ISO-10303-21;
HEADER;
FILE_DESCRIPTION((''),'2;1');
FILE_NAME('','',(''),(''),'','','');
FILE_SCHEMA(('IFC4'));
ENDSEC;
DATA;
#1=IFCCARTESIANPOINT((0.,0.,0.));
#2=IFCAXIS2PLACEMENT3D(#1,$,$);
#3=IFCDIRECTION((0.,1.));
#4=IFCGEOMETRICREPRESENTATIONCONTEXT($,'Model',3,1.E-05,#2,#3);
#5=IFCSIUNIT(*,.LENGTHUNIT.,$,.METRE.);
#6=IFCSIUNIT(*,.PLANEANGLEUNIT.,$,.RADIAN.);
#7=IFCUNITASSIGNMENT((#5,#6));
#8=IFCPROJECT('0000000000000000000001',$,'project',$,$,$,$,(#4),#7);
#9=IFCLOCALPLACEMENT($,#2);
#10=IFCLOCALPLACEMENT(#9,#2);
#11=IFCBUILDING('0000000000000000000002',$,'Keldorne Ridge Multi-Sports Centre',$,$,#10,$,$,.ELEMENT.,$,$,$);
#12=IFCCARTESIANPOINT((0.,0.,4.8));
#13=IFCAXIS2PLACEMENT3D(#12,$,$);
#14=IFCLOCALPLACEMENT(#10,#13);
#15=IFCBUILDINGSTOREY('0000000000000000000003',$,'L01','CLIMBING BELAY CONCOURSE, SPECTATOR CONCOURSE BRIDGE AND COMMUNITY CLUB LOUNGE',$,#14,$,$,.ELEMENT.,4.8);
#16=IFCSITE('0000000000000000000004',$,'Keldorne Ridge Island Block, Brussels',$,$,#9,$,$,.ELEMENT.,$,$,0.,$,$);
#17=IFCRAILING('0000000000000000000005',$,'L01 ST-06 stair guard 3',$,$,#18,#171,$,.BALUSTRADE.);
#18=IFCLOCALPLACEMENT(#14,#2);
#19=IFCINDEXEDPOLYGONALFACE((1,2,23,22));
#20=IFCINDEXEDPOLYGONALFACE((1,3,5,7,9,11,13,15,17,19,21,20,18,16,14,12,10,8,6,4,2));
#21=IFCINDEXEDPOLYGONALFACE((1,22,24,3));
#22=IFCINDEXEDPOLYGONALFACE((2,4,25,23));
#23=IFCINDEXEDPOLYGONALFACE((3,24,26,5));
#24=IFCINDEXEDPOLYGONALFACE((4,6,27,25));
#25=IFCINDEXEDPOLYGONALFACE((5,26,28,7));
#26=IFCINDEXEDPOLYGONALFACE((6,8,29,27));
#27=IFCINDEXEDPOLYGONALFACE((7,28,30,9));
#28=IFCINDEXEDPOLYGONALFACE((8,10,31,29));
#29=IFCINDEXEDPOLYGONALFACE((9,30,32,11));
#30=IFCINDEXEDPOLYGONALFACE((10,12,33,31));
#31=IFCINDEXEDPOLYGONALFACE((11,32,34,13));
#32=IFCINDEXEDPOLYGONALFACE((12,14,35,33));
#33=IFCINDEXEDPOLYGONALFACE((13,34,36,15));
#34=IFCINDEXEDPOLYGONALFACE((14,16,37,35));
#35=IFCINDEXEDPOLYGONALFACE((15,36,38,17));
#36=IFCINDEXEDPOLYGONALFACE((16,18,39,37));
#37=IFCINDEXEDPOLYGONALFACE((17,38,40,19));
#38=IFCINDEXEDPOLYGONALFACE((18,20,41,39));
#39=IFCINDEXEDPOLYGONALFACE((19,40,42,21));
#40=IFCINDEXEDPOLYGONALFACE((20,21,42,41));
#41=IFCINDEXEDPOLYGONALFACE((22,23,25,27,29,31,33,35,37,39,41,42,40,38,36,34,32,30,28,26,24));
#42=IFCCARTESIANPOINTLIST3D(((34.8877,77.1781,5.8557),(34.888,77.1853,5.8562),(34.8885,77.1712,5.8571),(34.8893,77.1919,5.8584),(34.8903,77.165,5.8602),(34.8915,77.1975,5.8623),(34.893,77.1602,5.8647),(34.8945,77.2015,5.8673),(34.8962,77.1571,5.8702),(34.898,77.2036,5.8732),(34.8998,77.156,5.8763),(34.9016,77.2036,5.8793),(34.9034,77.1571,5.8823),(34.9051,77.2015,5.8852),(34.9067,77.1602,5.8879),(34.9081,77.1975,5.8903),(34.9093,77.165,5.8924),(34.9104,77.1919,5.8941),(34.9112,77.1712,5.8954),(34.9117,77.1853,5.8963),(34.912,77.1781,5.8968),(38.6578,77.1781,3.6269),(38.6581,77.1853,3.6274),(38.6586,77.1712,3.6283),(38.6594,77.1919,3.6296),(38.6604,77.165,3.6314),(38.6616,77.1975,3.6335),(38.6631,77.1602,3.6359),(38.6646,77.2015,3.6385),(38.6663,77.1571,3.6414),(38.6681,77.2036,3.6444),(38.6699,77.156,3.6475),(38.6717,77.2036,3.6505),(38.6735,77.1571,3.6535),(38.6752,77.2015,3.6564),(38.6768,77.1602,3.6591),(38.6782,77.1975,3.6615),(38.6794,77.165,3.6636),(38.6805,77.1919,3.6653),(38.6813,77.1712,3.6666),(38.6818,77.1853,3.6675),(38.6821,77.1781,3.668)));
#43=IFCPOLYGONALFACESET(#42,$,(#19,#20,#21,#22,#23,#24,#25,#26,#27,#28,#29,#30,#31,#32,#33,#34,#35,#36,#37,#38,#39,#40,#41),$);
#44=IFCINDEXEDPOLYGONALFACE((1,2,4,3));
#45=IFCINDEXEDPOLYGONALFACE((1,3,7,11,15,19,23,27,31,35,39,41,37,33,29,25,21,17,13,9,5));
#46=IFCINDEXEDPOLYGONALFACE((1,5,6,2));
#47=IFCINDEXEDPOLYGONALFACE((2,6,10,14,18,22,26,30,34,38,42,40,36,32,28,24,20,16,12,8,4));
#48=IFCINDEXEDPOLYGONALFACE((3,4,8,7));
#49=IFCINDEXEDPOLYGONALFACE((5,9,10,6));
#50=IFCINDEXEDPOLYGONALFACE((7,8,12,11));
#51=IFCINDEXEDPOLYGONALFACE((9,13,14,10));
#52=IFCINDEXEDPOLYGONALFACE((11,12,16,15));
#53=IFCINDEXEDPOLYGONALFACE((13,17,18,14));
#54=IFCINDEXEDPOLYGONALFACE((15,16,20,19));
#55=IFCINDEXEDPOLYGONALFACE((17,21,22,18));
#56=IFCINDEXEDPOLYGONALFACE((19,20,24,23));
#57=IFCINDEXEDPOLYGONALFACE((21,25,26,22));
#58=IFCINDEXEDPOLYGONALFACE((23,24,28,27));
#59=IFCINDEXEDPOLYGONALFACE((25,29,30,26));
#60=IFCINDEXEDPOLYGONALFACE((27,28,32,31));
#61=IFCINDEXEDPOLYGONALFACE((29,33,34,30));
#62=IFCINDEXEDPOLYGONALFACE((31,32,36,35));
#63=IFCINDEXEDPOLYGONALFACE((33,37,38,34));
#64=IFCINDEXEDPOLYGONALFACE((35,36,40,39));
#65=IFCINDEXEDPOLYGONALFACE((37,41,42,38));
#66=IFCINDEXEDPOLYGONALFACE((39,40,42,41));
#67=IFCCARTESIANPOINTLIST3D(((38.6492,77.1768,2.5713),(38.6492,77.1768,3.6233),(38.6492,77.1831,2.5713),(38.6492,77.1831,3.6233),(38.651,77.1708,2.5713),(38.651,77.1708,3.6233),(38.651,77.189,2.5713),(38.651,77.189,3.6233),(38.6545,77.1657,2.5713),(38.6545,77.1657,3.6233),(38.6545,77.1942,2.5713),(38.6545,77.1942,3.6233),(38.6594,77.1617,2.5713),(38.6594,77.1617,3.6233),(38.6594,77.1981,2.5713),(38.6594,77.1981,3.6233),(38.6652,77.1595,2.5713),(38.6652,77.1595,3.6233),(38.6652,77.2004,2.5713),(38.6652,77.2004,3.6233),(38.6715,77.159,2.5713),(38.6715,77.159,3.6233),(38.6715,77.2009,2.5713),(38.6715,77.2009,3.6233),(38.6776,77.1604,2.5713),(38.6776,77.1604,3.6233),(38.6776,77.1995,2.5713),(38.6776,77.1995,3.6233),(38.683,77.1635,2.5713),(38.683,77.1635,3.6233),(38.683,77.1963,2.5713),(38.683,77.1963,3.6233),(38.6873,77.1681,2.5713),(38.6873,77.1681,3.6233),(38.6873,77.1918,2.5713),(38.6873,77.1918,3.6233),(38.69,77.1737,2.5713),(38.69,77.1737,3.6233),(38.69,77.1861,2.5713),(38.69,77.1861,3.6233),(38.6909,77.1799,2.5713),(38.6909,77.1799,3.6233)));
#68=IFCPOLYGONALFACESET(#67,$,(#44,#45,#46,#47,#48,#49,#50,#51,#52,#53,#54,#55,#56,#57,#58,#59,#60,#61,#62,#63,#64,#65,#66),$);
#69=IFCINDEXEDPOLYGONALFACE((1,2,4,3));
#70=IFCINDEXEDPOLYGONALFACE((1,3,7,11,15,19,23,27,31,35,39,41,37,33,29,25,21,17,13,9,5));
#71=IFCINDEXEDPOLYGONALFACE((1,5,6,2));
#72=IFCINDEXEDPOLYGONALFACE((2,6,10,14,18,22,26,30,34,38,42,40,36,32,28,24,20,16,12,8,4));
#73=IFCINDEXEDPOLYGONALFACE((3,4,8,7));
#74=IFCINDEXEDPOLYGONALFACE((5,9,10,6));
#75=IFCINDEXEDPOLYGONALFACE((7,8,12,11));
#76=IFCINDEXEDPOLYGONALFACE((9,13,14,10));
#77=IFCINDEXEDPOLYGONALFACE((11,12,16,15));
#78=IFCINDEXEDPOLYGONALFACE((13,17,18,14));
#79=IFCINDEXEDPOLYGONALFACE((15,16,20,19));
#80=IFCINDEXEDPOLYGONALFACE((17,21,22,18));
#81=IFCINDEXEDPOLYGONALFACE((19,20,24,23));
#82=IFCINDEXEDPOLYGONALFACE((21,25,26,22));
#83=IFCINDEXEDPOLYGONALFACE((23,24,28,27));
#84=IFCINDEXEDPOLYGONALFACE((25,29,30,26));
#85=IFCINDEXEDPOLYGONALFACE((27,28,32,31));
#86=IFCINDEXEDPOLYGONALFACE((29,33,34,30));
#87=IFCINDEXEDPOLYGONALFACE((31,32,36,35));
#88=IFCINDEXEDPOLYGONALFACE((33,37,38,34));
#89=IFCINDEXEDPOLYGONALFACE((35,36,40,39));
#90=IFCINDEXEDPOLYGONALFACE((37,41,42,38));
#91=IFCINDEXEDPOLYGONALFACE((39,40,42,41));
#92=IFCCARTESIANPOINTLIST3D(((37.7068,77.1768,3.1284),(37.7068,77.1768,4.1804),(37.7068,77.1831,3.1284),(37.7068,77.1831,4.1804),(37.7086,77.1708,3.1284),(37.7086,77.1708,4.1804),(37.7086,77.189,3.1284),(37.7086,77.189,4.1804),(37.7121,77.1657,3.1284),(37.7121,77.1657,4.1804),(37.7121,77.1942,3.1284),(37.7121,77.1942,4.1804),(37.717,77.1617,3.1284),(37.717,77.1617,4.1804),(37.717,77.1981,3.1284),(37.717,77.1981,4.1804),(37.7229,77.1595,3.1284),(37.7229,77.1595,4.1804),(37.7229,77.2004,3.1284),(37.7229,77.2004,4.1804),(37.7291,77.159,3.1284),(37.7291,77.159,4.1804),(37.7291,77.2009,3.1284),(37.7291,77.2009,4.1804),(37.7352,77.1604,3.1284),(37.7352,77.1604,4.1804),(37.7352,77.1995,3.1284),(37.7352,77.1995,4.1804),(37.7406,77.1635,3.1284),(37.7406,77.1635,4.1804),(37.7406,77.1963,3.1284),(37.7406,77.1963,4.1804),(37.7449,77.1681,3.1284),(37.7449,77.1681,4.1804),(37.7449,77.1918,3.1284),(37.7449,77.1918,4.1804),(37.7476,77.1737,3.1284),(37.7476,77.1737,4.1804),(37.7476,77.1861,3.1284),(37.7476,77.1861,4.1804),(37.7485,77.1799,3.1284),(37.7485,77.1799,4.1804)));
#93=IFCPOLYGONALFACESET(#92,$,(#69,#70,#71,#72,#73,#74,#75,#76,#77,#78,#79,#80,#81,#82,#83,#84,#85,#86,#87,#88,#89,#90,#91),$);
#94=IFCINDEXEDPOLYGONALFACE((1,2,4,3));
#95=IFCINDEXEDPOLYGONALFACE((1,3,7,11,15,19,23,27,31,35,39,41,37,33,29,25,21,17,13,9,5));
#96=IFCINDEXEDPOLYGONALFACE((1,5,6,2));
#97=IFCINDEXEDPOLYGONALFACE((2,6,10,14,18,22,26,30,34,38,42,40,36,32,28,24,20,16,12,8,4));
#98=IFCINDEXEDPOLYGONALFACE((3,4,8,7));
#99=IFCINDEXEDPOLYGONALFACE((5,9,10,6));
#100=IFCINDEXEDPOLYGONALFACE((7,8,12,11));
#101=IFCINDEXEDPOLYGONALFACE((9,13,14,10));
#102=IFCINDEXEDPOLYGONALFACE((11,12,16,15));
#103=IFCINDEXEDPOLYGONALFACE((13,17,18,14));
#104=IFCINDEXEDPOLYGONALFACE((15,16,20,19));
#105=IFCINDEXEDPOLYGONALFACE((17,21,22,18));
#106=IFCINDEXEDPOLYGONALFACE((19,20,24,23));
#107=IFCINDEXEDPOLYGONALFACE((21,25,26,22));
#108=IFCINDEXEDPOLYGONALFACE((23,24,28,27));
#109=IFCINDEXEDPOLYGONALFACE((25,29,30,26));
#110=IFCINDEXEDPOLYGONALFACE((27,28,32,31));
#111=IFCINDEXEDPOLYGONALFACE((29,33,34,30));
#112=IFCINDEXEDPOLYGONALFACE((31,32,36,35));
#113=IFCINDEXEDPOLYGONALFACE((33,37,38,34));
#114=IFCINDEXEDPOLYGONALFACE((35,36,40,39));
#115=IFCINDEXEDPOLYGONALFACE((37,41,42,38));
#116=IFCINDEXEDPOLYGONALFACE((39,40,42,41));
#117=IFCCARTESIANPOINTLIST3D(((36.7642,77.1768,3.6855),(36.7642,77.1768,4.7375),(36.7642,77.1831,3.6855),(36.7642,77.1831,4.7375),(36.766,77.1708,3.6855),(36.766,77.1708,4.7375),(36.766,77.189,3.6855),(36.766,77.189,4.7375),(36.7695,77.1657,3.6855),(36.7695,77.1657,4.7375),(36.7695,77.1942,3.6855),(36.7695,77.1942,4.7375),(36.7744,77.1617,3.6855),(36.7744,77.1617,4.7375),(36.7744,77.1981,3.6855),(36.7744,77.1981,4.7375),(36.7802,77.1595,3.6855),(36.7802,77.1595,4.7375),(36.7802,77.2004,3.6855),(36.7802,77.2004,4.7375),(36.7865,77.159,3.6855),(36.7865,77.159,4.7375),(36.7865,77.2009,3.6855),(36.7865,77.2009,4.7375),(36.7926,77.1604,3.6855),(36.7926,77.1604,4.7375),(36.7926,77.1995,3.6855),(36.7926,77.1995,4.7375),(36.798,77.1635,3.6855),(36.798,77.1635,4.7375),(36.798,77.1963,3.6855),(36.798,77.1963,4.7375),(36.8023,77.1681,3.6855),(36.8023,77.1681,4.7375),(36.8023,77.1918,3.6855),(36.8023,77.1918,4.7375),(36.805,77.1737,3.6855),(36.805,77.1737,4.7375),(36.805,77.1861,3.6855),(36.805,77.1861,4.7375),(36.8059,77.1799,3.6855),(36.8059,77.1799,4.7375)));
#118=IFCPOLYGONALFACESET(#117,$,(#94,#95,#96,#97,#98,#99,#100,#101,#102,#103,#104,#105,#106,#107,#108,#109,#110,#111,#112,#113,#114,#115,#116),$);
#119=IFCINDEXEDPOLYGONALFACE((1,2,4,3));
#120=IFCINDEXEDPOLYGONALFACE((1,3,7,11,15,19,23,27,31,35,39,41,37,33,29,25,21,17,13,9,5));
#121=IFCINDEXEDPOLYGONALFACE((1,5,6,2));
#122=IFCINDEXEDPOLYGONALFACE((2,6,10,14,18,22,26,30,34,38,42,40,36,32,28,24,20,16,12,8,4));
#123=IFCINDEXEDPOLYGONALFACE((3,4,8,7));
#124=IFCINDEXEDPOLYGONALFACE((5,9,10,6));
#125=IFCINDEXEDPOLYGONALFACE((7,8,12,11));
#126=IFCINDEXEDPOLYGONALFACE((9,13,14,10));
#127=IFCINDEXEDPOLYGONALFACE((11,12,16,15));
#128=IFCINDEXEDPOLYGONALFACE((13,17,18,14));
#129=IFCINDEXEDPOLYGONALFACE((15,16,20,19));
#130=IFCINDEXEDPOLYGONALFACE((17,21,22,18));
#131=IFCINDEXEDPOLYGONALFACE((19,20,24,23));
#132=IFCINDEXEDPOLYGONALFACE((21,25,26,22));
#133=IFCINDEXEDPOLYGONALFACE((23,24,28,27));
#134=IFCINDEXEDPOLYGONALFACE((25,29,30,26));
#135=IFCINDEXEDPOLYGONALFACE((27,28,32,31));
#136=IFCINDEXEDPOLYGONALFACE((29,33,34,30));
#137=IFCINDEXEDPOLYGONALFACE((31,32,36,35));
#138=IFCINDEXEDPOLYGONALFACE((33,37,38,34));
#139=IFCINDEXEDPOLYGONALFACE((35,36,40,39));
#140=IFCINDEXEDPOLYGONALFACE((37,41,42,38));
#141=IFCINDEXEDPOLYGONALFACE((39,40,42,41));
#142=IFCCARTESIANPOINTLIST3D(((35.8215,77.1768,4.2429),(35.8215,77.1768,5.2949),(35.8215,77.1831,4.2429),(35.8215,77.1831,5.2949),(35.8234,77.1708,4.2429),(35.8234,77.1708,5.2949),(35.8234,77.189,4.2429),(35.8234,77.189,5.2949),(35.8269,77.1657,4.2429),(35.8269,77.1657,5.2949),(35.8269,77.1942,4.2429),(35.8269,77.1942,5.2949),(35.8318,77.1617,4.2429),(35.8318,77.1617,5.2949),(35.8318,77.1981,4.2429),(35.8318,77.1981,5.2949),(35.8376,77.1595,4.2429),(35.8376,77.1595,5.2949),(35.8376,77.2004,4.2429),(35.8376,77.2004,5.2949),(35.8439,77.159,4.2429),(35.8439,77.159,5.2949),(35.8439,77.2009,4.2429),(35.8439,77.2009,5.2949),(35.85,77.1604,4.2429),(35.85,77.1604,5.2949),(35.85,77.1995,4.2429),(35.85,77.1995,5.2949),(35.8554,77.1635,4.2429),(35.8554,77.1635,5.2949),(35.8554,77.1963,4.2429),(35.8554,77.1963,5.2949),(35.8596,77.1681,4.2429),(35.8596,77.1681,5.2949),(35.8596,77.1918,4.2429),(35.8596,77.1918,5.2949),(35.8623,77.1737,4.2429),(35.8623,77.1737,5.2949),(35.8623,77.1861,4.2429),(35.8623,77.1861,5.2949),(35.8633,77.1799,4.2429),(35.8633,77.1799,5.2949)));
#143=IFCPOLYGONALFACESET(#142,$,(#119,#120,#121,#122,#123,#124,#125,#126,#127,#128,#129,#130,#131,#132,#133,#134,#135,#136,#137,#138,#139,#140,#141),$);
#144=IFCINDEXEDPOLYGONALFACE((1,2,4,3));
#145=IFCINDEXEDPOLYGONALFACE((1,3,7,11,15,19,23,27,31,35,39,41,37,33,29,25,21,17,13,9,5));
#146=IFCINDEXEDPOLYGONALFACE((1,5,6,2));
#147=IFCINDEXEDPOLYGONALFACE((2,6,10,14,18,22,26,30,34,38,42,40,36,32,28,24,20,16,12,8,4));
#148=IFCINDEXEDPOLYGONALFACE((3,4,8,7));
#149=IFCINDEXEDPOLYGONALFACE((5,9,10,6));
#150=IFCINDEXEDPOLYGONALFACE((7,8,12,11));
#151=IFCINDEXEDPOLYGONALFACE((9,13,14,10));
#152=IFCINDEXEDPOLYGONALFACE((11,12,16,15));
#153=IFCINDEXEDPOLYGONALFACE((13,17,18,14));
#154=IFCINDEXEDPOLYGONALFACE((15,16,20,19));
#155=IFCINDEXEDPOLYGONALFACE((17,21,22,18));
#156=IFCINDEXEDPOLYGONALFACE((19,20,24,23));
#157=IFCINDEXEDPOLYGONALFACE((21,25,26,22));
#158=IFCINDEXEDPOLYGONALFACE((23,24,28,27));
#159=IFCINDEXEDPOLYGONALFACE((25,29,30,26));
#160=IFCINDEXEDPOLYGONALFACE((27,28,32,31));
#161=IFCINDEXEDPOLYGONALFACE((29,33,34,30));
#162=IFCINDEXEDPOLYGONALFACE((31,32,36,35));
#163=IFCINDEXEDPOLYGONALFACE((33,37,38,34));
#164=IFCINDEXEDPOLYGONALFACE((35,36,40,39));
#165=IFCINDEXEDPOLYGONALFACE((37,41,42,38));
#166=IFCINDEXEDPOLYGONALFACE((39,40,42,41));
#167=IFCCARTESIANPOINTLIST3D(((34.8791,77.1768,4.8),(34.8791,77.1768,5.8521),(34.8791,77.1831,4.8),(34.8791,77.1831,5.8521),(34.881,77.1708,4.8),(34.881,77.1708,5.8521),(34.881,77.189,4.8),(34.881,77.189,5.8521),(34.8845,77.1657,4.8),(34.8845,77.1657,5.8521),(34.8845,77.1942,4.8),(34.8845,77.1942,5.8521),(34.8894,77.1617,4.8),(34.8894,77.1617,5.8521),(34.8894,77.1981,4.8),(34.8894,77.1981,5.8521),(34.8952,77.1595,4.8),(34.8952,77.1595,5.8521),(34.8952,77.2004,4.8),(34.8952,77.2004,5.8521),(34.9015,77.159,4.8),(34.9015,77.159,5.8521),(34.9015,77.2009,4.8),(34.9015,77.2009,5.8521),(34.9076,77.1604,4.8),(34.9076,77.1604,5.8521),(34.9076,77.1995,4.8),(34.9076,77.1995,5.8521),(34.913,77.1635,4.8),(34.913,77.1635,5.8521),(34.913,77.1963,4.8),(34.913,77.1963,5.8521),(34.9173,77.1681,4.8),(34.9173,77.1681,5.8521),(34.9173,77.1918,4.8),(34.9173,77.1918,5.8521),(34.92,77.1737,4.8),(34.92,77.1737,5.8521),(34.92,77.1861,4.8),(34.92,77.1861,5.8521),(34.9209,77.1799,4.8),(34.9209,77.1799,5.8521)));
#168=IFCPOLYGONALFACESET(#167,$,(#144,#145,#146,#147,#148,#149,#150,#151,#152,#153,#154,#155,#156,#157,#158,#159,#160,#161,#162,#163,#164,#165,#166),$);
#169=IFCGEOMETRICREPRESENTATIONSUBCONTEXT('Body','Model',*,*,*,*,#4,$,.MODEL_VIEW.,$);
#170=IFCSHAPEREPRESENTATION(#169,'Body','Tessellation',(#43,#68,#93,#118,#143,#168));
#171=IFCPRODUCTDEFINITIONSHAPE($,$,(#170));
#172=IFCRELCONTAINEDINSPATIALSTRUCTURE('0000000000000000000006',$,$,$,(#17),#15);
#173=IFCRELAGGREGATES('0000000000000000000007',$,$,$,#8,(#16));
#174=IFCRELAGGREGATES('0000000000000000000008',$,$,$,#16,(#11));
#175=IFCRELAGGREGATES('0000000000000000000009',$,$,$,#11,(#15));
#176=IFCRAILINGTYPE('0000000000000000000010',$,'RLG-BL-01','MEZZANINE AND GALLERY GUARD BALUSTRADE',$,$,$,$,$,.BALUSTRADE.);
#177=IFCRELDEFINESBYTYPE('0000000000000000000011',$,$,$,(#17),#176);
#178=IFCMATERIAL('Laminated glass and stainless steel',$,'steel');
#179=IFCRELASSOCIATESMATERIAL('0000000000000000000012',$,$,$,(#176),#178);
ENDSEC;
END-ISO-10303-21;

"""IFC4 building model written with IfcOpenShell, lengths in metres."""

from ifc_helpers import new_model, si_unit, direction, frame, origin, origin_2d, place, context, subcontext, project, spatial, circle, extrude, material, type_object, element, save


model = new_model("IFC4")

# Units and contexts
model_context = context("Model", 3, precision=1e-05, world=origin(), true_north=direction((0.0, 1.0)))
body_context = subcontext(model_context, "Body", "Model", "MODEL_VIEW")
ifc_project = project(units=[si_unit("LENGTHUNIT", "METRE"), si_unit("PLANEANGLEUNIT", "RADIAN")], contexts=[model_context])

# Site, building, storey
site_placement = place(None, origin())
site = spatial("IfcSite", under=ifc_project, at=site_placement, Name="Keldorne Ridge Island Block, Brussels", CompositionType="ELEMENT", RefElevation=0.0)
building_placement = place(site_placement, origin())
building = spatial("IfcBuilding", under=site, at=building_placement, Name="Keldorne Ridge Multi-Sports Centre", CompositionType="ELEMENT")
storey_placement = place(building_placement, frame((0.0, 0.0, 4.8)))
storey = spatial("IfcBuildingStorey", under=building, at=storey_placement, Name="L01", Description="CLIMBING BELAY CONCOURSE, SPECTATOR CONCOURSE BRIDGE AND COMMUNITY CLUB LOUNGE", CompositionType="ELEMENT", Elevation=4.8)

# Railing
ifc_material_1 = material(Name="Laminated glass and stainless steel", Category="steel")
railing_type_1 = type_object("IfcRailingType", Name="RLG-BL-01", Description="MEZZANINE AND GALLERY GUARD BALUSTRADE", PredefinedType="BALUSTRADE", material=ifc_material_1)
railing_1_placement = place(storey_placement, frame((38.6699, 77.1799, 2.5713)))
element("IfcRailing", 1, at=railing_1_placement, inside=storey, type_object=railing_type_1, Name="L01 ST-06 stair guard 3", PredefinedType="BALUSTRADE", context=body_context, shape_type="SweptSolid", body=[
    extrude(circle(Radius=0.0239, at=origin_2d()), frame((0.0, 0.0, 1.0762), z_axis=(-0.860824, 0.0, 0.508902), x_axis=(0.0, -1.0, 0.0)), (0.0, 0.0, 1.0), 4.3796),
    extrude(circle(Radius=0.021, at=origin_2d()), origin(), (0.0, 0.0, 1.0), 1.052),
    extrude(circle(Radius=0.021, at=origin_2d()), frame((-0.9424, 0.0, 0.5571)), (0.0, 0.0, 1.0), 1.052),
    extrude(circle(Radius=0.021, at=origin_2d()), frame((-1.885, 0.0, 1.1143)), (0.0, 0.0, 1.0), 1.052),
    extrude(circle(Radius=0.021, at=origin_2d()), frame((-2.8276, 0.0, 1.6716)), (0.0, 0.0, 1.0), 1.052),
    extrude(circle(Radius=0.021, at=origin_2d()), frame((-3.77, 0.0, 2.2288)), (0.0, 0.0, 1.0), 1.052),
])

save(model, "model.ifc")
